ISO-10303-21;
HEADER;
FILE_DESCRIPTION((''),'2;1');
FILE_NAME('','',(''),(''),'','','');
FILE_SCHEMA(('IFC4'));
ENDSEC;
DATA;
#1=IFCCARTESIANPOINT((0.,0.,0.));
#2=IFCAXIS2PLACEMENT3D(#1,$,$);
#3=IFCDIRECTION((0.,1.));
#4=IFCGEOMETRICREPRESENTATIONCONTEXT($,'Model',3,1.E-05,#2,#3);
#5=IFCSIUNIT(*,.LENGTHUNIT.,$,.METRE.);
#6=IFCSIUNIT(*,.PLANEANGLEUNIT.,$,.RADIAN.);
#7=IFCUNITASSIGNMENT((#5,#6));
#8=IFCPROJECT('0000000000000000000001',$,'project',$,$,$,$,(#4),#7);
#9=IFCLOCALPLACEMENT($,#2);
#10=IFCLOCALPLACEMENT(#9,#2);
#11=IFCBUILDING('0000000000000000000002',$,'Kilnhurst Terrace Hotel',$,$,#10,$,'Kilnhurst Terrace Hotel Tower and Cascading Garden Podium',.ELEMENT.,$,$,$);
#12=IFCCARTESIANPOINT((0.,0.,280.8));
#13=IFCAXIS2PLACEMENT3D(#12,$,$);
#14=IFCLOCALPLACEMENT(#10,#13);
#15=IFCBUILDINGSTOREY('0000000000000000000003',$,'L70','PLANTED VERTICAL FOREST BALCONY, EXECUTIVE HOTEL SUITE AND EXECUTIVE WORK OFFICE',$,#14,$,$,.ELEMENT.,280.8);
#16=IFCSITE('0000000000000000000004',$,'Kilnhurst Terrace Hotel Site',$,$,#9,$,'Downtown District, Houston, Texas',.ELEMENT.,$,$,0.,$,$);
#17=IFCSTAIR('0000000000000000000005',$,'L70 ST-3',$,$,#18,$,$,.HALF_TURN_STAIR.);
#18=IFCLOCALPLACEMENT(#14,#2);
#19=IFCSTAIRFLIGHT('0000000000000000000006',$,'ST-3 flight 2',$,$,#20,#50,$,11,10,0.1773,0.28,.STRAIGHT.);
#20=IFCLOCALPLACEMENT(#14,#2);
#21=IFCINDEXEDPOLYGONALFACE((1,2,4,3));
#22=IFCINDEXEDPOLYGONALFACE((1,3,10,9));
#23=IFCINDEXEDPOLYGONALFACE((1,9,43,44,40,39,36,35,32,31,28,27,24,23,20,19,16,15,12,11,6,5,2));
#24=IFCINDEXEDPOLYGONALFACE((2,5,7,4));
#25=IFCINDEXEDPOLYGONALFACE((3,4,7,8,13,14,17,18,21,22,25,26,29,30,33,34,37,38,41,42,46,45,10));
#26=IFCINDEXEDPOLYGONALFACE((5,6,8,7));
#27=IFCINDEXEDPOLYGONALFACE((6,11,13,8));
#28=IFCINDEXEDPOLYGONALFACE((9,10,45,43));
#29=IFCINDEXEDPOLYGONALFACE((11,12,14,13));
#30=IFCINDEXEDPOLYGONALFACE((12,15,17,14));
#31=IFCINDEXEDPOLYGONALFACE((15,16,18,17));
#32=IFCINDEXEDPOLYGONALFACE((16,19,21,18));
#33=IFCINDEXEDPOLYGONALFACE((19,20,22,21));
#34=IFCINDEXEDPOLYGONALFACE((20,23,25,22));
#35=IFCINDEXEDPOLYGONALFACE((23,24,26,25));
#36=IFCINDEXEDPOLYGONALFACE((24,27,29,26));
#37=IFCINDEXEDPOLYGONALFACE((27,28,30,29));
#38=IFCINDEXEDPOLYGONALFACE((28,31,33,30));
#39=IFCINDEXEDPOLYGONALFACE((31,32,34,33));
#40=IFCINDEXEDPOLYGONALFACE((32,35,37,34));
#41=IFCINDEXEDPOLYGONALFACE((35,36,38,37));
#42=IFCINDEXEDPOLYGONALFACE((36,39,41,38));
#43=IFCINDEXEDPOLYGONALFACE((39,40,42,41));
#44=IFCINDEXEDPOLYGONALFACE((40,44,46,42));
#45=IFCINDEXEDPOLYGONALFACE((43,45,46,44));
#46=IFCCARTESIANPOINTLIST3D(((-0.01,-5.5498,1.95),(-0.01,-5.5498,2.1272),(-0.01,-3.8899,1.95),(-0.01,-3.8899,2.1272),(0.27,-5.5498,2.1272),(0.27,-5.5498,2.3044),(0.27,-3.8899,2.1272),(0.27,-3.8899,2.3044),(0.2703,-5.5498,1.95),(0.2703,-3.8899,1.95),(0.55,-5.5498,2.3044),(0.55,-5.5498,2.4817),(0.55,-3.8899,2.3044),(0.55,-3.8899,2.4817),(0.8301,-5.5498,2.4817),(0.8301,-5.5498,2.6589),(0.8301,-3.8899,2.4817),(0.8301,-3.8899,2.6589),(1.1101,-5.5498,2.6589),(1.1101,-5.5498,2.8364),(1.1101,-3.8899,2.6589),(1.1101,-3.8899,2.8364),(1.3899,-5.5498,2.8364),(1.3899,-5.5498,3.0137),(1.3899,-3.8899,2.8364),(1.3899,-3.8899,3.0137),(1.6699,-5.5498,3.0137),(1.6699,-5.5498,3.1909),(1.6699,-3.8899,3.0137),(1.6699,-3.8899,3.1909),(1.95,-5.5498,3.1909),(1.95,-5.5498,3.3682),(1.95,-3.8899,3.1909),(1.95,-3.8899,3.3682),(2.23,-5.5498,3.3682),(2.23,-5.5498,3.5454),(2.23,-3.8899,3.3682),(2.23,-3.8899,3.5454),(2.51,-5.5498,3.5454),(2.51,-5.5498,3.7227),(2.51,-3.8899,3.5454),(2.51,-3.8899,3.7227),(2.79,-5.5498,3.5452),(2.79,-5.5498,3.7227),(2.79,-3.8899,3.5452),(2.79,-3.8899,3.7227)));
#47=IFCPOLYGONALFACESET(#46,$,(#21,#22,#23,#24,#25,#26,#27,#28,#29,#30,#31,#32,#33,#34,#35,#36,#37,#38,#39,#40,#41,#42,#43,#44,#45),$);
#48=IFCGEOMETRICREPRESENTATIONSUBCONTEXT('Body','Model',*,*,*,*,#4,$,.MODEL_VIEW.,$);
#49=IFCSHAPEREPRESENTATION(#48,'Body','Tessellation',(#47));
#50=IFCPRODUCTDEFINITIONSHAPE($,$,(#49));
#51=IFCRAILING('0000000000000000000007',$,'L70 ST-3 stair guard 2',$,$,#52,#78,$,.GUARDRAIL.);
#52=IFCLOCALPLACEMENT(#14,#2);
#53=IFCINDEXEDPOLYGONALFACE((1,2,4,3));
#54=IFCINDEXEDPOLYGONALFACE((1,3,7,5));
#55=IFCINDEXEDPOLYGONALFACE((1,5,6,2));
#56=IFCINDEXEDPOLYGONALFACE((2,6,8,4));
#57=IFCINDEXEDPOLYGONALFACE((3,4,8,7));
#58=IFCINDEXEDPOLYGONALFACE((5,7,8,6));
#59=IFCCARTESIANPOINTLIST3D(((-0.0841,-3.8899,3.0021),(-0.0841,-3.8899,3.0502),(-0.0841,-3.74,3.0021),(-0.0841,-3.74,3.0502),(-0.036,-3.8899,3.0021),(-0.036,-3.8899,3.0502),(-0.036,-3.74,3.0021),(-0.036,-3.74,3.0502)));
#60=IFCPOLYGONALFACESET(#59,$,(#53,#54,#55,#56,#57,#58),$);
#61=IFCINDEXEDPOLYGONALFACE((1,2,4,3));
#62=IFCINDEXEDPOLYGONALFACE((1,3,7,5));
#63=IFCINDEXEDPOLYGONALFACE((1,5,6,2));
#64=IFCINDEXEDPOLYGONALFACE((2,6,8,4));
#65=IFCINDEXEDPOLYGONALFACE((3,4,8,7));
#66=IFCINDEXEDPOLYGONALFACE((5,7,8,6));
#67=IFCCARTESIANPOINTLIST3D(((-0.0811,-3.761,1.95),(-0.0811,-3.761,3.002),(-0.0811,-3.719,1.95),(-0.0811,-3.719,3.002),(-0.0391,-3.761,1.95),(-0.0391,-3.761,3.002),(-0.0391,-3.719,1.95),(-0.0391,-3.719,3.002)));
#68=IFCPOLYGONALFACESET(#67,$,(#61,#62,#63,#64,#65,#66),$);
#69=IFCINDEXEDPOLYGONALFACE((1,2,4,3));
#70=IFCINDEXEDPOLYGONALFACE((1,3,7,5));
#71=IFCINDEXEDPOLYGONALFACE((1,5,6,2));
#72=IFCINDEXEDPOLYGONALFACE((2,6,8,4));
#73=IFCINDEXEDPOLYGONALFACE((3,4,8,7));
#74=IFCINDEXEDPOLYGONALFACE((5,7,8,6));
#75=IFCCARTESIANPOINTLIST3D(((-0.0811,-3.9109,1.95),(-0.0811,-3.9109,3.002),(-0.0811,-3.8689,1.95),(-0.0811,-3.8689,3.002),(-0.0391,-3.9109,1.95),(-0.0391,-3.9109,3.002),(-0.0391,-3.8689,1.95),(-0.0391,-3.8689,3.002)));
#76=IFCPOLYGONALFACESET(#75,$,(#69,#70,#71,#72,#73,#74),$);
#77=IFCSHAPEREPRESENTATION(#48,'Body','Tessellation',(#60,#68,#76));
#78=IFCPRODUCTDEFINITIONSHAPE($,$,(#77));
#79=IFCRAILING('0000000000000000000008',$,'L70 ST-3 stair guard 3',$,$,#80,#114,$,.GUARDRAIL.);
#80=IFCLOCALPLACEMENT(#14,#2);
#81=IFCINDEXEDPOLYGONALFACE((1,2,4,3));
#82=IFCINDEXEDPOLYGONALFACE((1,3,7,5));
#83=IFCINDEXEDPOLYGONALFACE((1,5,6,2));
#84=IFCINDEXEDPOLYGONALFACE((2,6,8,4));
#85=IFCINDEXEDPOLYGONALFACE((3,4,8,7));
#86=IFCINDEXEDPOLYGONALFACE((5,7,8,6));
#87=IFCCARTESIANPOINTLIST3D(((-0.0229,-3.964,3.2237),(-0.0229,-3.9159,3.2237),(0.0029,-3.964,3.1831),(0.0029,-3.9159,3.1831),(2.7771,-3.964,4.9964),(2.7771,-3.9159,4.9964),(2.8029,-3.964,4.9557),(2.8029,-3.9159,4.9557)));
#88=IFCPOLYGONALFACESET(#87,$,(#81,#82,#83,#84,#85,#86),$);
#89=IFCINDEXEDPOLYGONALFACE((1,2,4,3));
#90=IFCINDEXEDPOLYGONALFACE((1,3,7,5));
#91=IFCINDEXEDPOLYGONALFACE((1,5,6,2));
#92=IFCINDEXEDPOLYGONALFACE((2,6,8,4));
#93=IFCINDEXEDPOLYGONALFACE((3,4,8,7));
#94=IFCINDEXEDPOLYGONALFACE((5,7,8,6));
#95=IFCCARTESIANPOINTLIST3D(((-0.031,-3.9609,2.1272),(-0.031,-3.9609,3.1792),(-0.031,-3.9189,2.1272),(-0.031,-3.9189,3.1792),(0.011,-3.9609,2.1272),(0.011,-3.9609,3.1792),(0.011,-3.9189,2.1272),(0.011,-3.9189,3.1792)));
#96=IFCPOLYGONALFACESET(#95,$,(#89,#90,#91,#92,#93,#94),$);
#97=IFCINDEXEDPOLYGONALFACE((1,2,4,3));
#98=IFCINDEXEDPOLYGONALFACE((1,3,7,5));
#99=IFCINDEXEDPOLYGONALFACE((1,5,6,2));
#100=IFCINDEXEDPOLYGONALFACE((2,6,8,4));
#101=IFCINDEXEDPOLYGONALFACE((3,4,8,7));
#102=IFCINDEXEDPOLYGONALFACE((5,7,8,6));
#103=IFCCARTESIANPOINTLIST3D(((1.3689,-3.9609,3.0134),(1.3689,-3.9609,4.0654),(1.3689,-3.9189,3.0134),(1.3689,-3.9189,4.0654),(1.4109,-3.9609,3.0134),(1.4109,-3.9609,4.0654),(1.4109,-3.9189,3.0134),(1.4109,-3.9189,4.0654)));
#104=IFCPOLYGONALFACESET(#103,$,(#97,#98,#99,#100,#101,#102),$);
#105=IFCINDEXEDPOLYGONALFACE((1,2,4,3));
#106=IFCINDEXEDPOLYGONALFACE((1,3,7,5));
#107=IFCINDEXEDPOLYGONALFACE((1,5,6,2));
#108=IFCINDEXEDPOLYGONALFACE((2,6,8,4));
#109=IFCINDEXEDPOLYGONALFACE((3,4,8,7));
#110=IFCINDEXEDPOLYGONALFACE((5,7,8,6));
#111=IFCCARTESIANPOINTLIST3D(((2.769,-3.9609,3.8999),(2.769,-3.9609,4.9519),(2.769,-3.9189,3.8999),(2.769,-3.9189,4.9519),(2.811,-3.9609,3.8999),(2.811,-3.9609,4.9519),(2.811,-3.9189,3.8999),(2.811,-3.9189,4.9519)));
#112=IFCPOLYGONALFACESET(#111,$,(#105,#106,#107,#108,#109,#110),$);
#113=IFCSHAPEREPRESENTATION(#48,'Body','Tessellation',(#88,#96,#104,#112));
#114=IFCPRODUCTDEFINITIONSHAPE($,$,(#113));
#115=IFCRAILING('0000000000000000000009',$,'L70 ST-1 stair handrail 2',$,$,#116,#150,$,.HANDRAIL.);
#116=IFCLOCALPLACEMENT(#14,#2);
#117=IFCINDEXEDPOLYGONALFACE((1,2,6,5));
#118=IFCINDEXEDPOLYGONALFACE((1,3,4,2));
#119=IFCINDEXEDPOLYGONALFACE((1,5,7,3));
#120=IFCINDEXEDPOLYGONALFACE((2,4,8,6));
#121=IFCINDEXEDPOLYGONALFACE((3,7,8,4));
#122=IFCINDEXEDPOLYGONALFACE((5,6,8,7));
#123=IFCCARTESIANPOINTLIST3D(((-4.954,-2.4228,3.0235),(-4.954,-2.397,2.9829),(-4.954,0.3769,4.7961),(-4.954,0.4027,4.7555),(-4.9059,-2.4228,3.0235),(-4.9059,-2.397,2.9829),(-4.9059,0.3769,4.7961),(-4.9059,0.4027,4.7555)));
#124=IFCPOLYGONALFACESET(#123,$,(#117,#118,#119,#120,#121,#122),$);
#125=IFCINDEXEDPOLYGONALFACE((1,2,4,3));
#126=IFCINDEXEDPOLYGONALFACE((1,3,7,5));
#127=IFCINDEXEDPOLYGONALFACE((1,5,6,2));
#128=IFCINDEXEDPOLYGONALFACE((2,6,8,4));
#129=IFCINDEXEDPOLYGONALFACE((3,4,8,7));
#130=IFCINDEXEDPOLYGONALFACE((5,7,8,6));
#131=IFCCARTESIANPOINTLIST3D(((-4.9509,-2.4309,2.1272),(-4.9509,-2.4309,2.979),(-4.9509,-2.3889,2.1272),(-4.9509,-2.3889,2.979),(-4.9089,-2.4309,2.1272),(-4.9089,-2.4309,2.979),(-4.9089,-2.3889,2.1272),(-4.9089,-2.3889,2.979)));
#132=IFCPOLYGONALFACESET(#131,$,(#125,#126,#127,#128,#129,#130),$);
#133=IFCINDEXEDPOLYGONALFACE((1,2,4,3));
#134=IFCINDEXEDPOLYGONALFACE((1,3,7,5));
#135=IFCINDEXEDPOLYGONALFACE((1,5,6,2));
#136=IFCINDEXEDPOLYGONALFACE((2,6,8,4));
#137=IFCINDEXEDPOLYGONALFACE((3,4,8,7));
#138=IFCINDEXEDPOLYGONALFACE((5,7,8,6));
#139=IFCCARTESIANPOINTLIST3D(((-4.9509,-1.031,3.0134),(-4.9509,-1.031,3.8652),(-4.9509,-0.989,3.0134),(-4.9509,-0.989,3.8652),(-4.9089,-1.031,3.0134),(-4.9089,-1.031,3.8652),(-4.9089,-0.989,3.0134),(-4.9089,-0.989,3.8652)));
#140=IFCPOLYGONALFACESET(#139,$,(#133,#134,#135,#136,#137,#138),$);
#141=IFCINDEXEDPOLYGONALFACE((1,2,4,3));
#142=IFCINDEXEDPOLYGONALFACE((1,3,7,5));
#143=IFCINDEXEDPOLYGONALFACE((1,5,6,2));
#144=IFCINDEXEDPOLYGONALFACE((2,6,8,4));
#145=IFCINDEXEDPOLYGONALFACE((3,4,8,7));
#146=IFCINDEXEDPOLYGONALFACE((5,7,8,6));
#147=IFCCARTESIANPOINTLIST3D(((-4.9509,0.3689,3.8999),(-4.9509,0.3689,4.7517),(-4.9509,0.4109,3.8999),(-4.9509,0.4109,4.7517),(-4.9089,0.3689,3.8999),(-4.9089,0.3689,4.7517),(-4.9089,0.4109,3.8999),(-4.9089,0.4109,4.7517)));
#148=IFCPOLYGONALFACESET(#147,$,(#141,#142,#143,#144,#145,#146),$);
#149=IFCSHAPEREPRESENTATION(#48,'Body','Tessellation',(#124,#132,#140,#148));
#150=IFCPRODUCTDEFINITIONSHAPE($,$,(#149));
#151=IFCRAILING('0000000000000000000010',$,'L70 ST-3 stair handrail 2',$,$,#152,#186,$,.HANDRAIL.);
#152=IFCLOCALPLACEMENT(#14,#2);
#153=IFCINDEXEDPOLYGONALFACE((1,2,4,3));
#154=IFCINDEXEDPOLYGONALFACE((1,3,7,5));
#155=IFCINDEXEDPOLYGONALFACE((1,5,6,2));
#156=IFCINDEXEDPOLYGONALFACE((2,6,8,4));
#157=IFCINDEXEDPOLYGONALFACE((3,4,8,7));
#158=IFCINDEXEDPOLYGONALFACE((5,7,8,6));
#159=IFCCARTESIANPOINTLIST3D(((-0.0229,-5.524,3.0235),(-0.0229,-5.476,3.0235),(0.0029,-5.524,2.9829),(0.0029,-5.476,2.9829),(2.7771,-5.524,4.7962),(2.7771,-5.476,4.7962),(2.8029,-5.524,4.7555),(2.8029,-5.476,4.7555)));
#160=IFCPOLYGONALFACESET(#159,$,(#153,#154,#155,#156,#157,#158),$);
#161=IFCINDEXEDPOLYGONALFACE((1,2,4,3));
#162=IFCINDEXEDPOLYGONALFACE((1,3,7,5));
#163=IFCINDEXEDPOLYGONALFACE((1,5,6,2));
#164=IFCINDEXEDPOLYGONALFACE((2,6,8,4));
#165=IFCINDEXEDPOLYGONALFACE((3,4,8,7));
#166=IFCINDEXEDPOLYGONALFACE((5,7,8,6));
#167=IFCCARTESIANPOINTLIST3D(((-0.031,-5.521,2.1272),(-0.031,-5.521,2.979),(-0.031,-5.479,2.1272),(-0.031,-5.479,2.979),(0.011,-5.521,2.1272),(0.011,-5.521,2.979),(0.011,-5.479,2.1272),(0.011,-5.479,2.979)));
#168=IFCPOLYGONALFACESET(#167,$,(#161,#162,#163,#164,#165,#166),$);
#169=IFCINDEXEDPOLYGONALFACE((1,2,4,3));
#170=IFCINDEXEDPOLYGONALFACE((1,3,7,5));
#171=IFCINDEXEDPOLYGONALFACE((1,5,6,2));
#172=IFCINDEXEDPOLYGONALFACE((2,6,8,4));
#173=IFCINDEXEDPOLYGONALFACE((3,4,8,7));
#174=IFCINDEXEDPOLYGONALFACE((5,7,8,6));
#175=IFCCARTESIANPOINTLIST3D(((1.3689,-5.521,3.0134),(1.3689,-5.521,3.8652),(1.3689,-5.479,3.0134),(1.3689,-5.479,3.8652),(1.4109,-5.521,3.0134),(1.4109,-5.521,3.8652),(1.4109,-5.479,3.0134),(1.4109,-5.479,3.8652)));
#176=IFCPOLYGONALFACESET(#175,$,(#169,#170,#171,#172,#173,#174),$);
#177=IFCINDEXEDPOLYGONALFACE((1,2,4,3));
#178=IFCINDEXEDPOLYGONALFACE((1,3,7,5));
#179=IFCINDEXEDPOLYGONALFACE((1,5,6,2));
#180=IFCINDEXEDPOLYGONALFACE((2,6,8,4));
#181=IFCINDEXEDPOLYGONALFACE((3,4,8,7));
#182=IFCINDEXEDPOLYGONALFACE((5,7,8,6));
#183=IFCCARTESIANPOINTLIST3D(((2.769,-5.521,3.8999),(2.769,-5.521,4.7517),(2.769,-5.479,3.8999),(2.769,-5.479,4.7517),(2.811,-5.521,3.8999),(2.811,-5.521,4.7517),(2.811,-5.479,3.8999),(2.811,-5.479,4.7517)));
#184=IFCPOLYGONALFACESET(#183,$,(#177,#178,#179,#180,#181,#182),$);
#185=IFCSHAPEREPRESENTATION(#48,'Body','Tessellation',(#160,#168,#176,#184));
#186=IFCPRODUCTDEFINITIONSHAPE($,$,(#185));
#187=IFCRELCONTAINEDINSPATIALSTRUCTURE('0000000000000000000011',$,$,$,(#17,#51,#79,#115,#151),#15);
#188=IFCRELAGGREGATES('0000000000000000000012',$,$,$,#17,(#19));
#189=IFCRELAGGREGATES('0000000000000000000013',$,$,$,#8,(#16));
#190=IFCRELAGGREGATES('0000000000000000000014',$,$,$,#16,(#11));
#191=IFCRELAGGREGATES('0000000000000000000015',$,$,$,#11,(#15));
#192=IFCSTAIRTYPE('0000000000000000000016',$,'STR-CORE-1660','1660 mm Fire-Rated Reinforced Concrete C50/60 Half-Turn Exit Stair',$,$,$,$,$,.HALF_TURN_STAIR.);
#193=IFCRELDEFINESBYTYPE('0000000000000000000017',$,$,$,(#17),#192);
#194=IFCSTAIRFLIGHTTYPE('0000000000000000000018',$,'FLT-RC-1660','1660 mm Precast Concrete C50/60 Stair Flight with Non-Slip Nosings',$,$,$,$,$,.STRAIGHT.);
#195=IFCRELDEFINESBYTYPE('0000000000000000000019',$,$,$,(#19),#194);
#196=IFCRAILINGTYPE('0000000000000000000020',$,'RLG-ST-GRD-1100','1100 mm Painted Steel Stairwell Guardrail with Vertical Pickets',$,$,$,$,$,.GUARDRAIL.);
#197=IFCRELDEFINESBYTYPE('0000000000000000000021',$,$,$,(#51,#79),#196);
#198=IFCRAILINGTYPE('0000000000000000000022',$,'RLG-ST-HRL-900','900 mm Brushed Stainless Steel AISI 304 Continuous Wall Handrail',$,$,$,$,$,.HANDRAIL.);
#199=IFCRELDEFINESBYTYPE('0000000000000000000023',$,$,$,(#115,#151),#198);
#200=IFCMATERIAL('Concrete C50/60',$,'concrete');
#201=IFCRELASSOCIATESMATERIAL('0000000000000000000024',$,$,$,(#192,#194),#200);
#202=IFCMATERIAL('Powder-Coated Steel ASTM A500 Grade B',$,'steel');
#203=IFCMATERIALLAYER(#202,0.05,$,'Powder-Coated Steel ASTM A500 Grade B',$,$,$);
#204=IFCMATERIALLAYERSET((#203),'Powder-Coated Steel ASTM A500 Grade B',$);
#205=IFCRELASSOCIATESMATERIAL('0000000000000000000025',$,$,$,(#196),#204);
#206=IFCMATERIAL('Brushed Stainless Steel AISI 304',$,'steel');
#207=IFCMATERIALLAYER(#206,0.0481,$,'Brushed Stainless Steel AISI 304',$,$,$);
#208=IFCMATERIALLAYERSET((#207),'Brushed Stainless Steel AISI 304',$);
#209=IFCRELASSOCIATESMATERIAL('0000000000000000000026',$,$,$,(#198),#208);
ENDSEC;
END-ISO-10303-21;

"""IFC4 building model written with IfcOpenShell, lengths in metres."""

from ifc_helpers import new_model, si_unit, direction, frame, origin, origin_2d, place, context, subcontext, project, spatial, polyline, rectangle, outline, extrude, material, layer, layer_set, type_object, element, aggregate, save


model = new_model("IFC4")

# Units and contexts
model_context = context("Model", 3, precision=1e-05, world=origin(), true_north=direction((0.0, 1.0)))
body_context = subcontext(model_context, "Body", "Model", "MODEL_VIEW")
ifc_project = project(units=[si_unit("LENGTHUNIT", "METRE"), si_unit("PLANEANGLEUNIT", "RADIAN")], contexts=[model_context])

# Site, building, storey
site_placement = place(None, origin())
site = spatial("IfcSite", under=ifc_project, at=site_placement, Name="Kilnhurst Terrace Hotel Site", LongName="Downtown District, Houston, Texas", CompositionType="ELEMENT", RefElevation=0.0)
building_placement = place(site_placement, origin())
building = spatial("IfcBuilding", under=site, at=building_placement, Name="Kilnhurst Terrace Hotel", LongName="Kilnhurst Terrace Hotel Tower and Cascading Garden Podium", CompositionType="ELEMENT")
storey_placement = place(building_placement, frame((0.0, 0.0, 280.8)))
storey = spatial("IfcBuildingStorey", under=building, at=storey_placement, Name="L70", Description="PLANTED VERTICAL FOREST BALCONY, EXECUTIVE HOTEL SUITE AND EXECUTIVE WORK OFFICE", CompositionType="ELEMENT", Elevation=280.8)

# Shared definitions
ifc_material_1 = material(Name="Concrete C50/60", Category="concrete")

# Stair, stair flight
stair_type = type_object("IfcStairType", Name="STR-CORE-1660", Description="1660 mm Fire-Rated Reinforced Concrete C50/60 Half-Turn Exit Stair", PredefinedType="HALF_TURN_STAIR", material=ifc_material_1)
stair_flight_type = type_object("IfcStairFlightType", Name="FLT-RC-1660", Description="1660 mm Precast Concrete C50/60 Stair Flight with Non-Slip Nosings", PredefinedType="STRAIGHT", material=ifc_material_1)
stair_1_placement = place(storey_placement, origin())
stair_1 = element("IfcStair", 1, at=stair_1_placement, inside=storey, type_object=stair_type, Name="L70 ST-3", PredefinedType="HALF_TURN_STAIR")
stair_flight_1_placement = place(storey_placement, frame((-0.01, -4.72, 1.95), z_axis=(0.0, 0.0, 1.0), x_axis=(1.0, 0.0, 0.0)))
stair_flight_1 = element("IfcStairFlight", 2, at=stair_flight_1_placement, type_object=stair_flight_type, Name="ST-3 flight 2", NumberOfRisers=11, NumberOfTreads=10, PredefinedType="STRAIGHT", RiserHeight=0.1773, TreadLength=0.28, context=body_context, shape_type="SweptSolid", body=[
    extrude(outline(polyline([(0.0, 0.0), (0.0, 0.1772), (0.28, 0.1772), (0.28, 0.3545), (0.5601, 0.3545), (0.5601, 0.5317), (0.8401, 0.5317), (0.8401, 0.709), (1.1201, 0.709), (1.1201, 0.8865), (1.3999, 0.8865), (1.3999, 1.0637), (1.6799, 1.0637), (1.6799, 1.241), (1.96, 1.241), (1.96, 1.4182), (2.24, 1.4182), (2.24, 1.5955), (2.52, 1.5955), (2.52, 1.7727), (2.8, 1.7727), (2.8, 1.95), (2.8, 1.5952), (0.2803, 0.0), (0.0, 0.0)])), frame((0.0, 0.8301, 0.0), z_axis=(0.0, -1.0, 0.0), x_axis=(1.0, 0.0, 0.0)), (0.0, 0.0, 1.0), 1.6599),
])
aggregate(stair_1, [stair_flight_1])

# Railings
ifc_material_2 = material(Name="Powder-Coated Steel ASTM A500 Grade B", Category="steel")
ifc_layer_1 = layer(ifc_material_2, 0.05, Name="Powder-Coated Steel ASTM A500 Grade B")
ifc_layer_set_1 = layer_set([ifc_layer_1], Name="Powder-Coated Steel ASTM A500 Grade B")
railing_type_1 = type_object("IfcRailingType", Name="RLG-ST-GRD-1100", Description="1100 mm Painted Steel Stairwell Guardrail with Vertical Pickets", PredefinedType="GUARDRAIL", material=ifc_layer_set_1)
railing_1_placement = place(storey_placement, frame((-0.0601, -3.74, 1.95)))
element("IfcRailing", 3, at=railing_1_placement, inside=storey, type_object=railing_type_1, Name="L70 ST-3 stair guard 2", PredefinedType="GUARDRAIL", context=body_context, shape_type="SweptSolid", body=[
    extrude(rectangle(XDim=0.0481, YDim=0.0481, at=origin_2d()), frame((0.0, 0.0, 1.0762), z_axis=(0.0, -1.0, 0.0), x_axis=(1.0, 0.0, 0.0)), (0.0, 0.0, 1.0), 0.1499),
    extrude(rectangle(XDim=0.042, YDim=0.042, at=origin_2d()), origin(), (0.0, 0.0, 1.0), 1.052),
    extrude(rectangle(XDim=0.042, YDim=0.042, at=origin_2d()), frame((0.0, -0.1499, 0.0)), (0.0, 0.0, 1.0), 1.052),
])
railing_2_placement = place(storey_placement, frame((-0.01, -3.9399, 2.1272)))
element("IfcRailing", 4, at=railing_2_placement, inside=storey, type_object=railing_type_1, Name="L70 ST-3 stair guard 3", PredefinedType="GUARDRAIL", context=body_context, shape_type="SweptSolid", body=[
    extrude(rectangle(XDim=0.0481, YDim=0.0481, at=origin_2d()), frame((0.0, 0.0, 1.0762), z_axis=(0.844909, 0.0, 0.53491), x_axis=(0.0, 1.0, 0.0)), (0.0, 0.0, 1.0), 3.314),
    extrude(rectangle(XDim=0.042, YDim=0.042, at=origin_2d()), origin(), (0.0, 0.0, 1.0), 1.052),
    extrude(rectangle(XDim=0.042, YDim=0.042, at=origin_2d()), frame((1.3999, 0.0, 0.8862)), (0.0, 0.0, 1.0), 1.052),
    extrude(rectangle(XDim=0.042, YDim=0.042, at=origin_2d()), frame((2.8, 0.0, 1.7727)), (0.0, 0.0, 1.0), 1.052),
])
ifc_material_3 = material(Name="Brushed Stainless Steel AISI 304", Category="steel")
ifc_layer_2 = layer(ifc_material_3, 0.0481, Name="Brushed Stainless Steel AISI 304")
ifc_layer_set_2 = layer_set([ifc_layer_2], Name="Brushed Stainless Steel AISI 304")
railing_type_2 = type_object("IfcRailingType", Name="RLG-ST-HRL-900", Description="900 mm Brushed Stainless Steel AISI 304 Continuous Wall Handrail", PredefinedType="HANDRAIL", material=ifc_layer_set_2)
railing_3_placement = place(storey_placement, frame((-4.9299, -2.4099, 2.1272)))
element("IfcRailing", 5, at=railing_3_placement, inside=storey, type_object=railing_type_2, Name="L70 ST-1 stair handrail 2", PredefinedType="HANDRAIL", context=body_context, shape_type="SweptSolid", body=[
    extrude(rectangle(XDim=0.0481, YDim=0.0481, at=origin_2d()), frame((0.0, 0.0, 0.876), z_axis=(0.0, 0.844888, 0.534943), x_axis=(-1.0, 0.0, 0.0)), (0.0, 0.0, 1.0), 3.3137),
    extrude(rectangle(XDim=0.042, YDim=0.042, at=origin_2d()), origin(), (0.0, 0.0, 1.0), 0.8518),
    extrude(rectangle(XDim=0.042, YDim=0.042, at=origin_2d()), frame((0.0, 1.3999, 0.8862)), (0.0, 0.0, 1.0), 0.8518),
    extrude(rectangle(XDim=0.042, YDim=0.042, at=origin_2d()), frame((0.0, 2.7998, 1.7727)), (0.0, 0.0, 1.0), 0.8518),
])
railing_4_placement = place(storey_placement, frame((-0.01, -5.5, 2.1272)))
element("IfcRailing", 6, at=railing_4_placement, inside=storey, type_object=railing_type_2, Name="L70 ST-3 stair handrail 2", PredefinedType="HANDRAIL", context=body_context, shape_type="SweptSolid", body=[
    extrude(rectangle(XDim=0.0481, YDim=0.0481, at=origin_2d()), frame((0.0, 0.0, 0.876), z_axis=(0.844909, 0.0, 0.53491), x_axis=(0.0, 1.0, 0.0)), (0.0, 0.0, 1.0), 3.314),
    extrude(rectangle(XDim=0.042, YDim=0.042, at=origin_2d()), origin(), (0.0, 0.0, 1.0), 0.8518),
    extrude(rectangle(XDim=0.042, YDim=0.042, at=origin_2d()), frame((1.3999, 0.0, 0.8862)), (0.0, 0.0, 1.0), 0.8518),
    extrude(rectangle(XDim=0.042, YDim=0.042, at=origin_2d()), frame((2.8, 0.0, 1.7727)), (0.0, 0.0, 1.0), 0.8518),
])

save(model, "model.ifc")
